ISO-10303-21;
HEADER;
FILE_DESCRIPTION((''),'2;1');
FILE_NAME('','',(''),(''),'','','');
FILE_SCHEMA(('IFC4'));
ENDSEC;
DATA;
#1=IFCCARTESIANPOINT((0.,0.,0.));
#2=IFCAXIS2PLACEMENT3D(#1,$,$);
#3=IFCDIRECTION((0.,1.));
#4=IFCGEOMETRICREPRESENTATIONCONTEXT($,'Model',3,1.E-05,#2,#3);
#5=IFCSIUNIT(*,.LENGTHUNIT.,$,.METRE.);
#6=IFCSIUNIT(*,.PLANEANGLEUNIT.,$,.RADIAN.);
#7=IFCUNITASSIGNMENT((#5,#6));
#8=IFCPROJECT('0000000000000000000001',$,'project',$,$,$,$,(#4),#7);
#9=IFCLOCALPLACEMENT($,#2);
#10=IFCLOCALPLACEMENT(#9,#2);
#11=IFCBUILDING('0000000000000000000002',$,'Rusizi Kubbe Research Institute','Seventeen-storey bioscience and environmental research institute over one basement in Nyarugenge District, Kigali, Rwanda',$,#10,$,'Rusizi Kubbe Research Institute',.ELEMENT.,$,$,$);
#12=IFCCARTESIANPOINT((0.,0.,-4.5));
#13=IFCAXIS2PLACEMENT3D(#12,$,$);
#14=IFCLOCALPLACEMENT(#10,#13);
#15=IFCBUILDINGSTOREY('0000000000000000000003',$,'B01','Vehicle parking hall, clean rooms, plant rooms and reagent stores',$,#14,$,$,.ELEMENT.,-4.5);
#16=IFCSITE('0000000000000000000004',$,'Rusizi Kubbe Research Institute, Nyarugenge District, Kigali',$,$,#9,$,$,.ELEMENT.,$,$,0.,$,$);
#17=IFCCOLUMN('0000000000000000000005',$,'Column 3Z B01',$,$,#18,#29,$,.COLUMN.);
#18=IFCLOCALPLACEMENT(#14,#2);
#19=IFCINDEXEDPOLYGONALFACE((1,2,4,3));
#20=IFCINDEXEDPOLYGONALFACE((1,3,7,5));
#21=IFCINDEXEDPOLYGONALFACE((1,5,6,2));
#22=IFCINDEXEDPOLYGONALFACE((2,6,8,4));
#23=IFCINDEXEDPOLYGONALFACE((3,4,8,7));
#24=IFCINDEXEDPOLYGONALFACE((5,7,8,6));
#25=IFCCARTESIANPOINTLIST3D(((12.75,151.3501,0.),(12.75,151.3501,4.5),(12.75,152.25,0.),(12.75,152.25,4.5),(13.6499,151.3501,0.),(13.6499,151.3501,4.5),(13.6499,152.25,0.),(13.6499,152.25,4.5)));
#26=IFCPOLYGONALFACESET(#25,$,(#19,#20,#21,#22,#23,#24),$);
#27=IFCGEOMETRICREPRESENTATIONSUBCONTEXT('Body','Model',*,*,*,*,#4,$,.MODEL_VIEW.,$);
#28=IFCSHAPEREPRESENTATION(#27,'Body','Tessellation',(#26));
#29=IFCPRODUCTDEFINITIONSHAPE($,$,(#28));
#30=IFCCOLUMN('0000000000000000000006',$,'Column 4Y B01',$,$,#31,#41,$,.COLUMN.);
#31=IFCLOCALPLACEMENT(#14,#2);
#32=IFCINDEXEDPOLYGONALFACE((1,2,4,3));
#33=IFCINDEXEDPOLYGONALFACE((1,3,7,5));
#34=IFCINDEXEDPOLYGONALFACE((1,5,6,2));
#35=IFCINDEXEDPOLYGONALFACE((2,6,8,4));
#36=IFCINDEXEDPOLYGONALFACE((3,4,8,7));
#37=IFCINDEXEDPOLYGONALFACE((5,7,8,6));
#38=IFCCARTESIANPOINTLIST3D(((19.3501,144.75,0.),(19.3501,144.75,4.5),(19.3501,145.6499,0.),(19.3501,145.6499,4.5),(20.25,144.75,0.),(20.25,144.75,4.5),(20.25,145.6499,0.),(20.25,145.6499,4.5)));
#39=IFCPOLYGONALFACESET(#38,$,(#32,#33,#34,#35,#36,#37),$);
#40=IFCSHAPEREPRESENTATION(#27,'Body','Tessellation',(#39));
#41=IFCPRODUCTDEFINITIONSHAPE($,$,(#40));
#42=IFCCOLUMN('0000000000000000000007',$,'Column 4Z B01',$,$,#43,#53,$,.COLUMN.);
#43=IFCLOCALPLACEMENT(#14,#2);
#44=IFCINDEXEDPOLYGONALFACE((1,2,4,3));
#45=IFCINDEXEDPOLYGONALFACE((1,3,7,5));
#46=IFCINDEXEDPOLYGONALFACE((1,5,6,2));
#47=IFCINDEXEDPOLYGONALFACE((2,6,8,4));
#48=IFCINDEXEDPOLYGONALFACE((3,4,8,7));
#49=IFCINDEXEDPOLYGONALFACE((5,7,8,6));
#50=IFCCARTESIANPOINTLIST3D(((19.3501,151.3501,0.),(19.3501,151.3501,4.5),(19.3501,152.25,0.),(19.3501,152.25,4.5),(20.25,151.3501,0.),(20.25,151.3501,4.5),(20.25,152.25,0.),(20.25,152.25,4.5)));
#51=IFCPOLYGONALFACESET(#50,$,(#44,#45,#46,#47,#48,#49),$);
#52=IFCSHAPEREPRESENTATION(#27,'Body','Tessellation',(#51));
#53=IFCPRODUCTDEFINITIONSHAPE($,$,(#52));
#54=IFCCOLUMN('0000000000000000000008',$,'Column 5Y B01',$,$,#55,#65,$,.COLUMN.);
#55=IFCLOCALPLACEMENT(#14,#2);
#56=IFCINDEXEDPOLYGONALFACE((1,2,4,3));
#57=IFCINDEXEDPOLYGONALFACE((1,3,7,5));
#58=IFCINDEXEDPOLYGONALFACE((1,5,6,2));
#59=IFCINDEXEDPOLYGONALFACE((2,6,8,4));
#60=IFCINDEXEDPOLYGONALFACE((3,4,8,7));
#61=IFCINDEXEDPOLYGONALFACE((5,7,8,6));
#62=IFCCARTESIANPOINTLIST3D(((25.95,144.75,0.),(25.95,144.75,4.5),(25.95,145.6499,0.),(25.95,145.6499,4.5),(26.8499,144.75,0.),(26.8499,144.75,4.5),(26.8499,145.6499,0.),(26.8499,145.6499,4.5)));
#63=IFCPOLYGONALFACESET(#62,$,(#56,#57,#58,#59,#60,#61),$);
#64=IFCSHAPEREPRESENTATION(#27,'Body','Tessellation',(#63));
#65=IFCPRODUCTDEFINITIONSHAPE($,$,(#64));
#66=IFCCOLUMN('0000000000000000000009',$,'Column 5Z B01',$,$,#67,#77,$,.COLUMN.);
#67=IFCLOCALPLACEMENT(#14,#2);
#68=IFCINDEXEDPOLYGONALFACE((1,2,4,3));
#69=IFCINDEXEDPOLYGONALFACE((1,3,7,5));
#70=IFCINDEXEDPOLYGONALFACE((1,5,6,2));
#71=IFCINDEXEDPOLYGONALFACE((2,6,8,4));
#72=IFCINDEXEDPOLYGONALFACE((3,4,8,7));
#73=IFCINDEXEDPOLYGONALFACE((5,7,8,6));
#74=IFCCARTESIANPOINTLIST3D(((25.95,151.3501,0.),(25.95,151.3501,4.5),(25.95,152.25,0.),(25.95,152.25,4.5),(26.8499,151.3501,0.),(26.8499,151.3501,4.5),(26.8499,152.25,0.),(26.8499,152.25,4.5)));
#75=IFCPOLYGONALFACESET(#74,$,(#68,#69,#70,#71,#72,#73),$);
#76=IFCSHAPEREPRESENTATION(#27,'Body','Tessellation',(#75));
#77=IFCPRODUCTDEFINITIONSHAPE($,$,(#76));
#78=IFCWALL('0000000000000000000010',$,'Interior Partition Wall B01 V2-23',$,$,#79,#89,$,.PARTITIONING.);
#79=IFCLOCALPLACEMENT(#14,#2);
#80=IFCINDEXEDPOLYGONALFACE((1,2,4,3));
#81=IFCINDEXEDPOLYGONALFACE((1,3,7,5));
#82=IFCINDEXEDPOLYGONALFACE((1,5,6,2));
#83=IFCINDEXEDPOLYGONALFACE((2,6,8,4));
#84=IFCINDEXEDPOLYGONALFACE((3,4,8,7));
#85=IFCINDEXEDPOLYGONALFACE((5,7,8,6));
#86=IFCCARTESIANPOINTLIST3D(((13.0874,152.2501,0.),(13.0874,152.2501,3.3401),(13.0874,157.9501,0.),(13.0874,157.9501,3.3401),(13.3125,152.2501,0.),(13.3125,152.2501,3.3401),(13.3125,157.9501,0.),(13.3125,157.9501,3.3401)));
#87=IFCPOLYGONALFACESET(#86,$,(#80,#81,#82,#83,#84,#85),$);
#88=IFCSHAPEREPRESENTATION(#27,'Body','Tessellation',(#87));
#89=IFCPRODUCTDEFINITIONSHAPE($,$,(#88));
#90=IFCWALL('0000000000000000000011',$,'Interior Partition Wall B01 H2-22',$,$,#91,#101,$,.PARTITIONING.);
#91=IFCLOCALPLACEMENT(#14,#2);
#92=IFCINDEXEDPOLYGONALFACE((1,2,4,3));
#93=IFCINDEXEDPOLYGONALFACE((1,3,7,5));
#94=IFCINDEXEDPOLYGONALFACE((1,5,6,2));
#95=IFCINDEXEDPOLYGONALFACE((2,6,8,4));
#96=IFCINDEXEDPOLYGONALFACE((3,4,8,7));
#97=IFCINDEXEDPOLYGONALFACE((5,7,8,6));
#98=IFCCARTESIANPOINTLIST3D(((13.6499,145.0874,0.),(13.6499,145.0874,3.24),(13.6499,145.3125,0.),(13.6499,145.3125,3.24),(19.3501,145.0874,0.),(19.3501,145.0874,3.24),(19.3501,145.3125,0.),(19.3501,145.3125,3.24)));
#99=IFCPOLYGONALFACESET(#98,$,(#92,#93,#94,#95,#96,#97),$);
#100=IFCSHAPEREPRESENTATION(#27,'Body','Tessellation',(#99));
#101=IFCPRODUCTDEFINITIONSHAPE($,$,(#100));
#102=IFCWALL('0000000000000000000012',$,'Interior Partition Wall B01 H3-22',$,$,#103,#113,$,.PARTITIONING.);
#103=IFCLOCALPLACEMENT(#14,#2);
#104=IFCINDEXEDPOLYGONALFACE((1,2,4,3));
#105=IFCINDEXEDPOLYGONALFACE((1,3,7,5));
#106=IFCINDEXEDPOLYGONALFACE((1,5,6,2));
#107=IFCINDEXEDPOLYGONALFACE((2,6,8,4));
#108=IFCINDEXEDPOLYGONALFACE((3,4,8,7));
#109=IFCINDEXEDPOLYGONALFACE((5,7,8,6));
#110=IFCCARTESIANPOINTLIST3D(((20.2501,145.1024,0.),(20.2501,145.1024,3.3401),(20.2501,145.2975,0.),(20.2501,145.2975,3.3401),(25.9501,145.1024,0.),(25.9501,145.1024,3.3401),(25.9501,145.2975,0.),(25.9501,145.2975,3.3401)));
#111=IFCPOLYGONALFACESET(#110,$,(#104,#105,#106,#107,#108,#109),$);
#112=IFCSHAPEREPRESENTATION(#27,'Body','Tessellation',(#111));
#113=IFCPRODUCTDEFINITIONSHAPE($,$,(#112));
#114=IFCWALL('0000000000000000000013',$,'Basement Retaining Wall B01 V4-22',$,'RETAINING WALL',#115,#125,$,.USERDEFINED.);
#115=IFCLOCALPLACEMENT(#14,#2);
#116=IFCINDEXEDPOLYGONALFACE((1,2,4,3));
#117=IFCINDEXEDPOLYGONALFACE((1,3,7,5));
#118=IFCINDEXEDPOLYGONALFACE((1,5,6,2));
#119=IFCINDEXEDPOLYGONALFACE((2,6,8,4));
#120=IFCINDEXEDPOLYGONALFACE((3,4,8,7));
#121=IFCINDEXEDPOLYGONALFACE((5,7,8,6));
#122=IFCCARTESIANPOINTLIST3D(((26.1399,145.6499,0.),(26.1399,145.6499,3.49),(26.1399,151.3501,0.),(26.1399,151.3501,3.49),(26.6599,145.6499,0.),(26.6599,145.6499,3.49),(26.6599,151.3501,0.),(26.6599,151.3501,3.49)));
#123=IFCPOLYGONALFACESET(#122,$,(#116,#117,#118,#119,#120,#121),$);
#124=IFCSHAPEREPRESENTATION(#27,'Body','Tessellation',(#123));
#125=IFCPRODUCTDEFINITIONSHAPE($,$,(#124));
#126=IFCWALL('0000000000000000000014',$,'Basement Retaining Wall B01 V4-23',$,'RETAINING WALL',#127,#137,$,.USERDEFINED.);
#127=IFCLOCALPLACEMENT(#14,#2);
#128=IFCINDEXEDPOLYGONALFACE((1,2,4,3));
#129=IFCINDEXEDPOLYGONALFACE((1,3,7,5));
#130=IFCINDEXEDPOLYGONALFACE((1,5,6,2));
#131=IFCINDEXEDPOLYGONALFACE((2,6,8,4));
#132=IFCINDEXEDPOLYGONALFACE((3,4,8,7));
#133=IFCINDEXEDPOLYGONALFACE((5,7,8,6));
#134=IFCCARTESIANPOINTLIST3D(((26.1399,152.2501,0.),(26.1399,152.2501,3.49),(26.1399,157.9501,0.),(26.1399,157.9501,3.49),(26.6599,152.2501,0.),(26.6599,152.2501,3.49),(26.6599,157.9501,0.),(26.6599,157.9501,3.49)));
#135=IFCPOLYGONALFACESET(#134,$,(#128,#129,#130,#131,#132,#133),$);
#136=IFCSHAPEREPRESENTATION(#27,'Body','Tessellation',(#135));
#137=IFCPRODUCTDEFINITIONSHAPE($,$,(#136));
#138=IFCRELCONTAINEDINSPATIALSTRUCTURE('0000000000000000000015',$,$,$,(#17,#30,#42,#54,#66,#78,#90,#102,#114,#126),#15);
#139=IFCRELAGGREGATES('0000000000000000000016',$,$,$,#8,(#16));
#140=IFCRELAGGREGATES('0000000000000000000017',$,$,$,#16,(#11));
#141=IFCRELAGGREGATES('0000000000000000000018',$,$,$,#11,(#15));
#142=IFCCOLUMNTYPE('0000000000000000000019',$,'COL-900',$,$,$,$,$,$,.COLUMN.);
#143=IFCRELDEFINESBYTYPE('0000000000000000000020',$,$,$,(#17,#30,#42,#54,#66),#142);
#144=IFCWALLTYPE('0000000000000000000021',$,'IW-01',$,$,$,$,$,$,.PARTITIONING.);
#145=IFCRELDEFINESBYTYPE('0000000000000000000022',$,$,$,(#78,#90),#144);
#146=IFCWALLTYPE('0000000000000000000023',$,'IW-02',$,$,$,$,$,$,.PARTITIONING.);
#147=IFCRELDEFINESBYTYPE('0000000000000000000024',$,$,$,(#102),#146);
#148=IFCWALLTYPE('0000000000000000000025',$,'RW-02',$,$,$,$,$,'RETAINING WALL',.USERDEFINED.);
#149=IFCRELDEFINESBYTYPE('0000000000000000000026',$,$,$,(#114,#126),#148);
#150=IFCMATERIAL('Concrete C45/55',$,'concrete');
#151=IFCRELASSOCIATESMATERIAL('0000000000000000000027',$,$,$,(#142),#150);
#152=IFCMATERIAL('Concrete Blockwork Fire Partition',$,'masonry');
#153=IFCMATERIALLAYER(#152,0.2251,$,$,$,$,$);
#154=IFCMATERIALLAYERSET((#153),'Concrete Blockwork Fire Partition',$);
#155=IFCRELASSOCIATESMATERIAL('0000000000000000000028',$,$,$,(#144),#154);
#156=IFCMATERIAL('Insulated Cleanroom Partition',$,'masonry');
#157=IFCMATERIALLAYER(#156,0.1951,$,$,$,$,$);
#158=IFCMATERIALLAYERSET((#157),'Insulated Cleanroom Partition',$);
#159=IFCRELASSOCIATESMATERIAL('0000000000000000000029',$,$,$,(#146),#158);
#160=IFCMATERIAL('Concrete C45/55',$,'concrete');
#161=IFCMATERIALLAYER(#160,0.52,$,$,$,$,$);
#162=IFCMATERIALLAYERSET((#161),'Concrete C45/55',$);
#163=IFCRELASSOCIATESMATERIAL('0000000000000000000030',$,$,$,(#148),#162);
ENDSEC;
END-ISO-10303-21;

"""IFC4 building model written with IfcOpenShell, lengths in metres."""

from ifc_helpers import new_model, si_unit, direction, frame, frame_2d, origin, origin_2d, place, context, subcontext, project, spatial, rectangle, extrude, material, layer, layer_set, material_profile, profile_set, type_object, element, save


model = new_model("IFC4")

# Units and contexts
model_context = context("Model", 3, precision=1e-05, world=origin(), true_north=direction((0.0, 1.0)))
body_context = subcontext(model_context, "Body", "Model", "MODEL_VIEW")
ifc_project = project(units=[si_unit("LENGTHUNIT", "METRE"), si_unit("PLANEANGLEUNIT", "RADIAN")], contexts=[model_context])

# Site, building, storey
site_placement = place(None, origin())
site = spatial("IfcSite", under=ifc_project, at=site_placement, Name="Rusizi Kubbe Research Institute, Nyarugenge District, Kigali", CompositionType="ELEMENT", RefElevation=0.0)
building_placement = place(site_placement, origin())
building = spatial("IfcBuilding", under=site, at=building_placement, Name="Rusizi Kubbe Research Institute", Description="Seventeen-storey bioscience and environmental research institute over one basement in Nyarugenge District, Kigali, Rwanda", LongName="Rusizi Kubbe Research Institute", CompositionType="ELEMENT")
storey_placement = place(building_placement, frame((0.0, 0.0, -4.5)))
storey = spatial("IfcBuildingStorey", under=building, at=storey_placement, Name="B01", Description="Vehicle parking hall, clean rooms, plant rooms and reagent stores", CompositionType="ELEMENT", Elevation=-4.5)

# Columns
ifc_material_1 = material(Name="Concrete C45/55", Category="concrete")
ifc_material_profile_1 = material_profile(ifc_material_1, rectangle(XDim=0.8999, YDim=0.8999, at=origin_2d()), Name="RC900x900")
ifc_profile_set_1 = profile_set([ifc_material_profile_1], Name="Concrete C45/55")
column_type = type_object("IfcColumnType", Name="COL-900", PredefinedType="COLUMN", material=ifc_profile_set_1)
for number, where, z_axis, x_axis, name in (
    (1, (13.2, 151.8, 0.0), (0.0, 0.0, 1.0), (1.0, 0.0, 0.0), "Column 3Z B01"),
    (2, (19.8, 145.2, 0.0), (0.0, 0.0, 1.0), (1.0, 0.0, 0.0), "Column 4Y B01"),
    (3, (19.8, 151.8, 0.0), (0.0, 0.0, 1.0), (1.0, 0.0, 0.0), "Column 4Z B01"),
    (4, (26.3999, 145.2, 0.0), (0.0, 0.0, 1.0), (1.0, 0.0, 0.0), "Column 5Y B01"),
    (5, (26.3999, 151.8, 0.0), (0.0, 0.0, 1.0), (1.0, 0.0, 0.0), "Column 5Z B01"),
):
    element("IfcColumn", number, at=place(storey_placement, frame(where, z_axis=z_axis, x_axis=x_axis)), inside=storey, type_object=column_type, Name=name, PredefinedType="COLUMN", context=body_context, shape_type="SweptSolid", body=[
        extrude(rectangle(XDim=0.8999, YDim=0.8999, at=origin_2d()), origin(), (0.0, 0.0, 1.0), 4.5),
    ])

# Walls
ifc_material_2 = material(Name="Concrete Blockwork Fire Partition", Category="masonry")
ifc_layer_1 = layer(ifc_material_2, 0.2251)
ifc_layer_set_1 = layer_set([ifc_layer_1], Name="Concrete Blockwork Fire Partition")
wall_type_1 = type_object("IfcWallType", Name="IW-01", PredefinedType="PARTITIONING", material=ifc_layer_set_1)
wall_1_placement = place(storey_placement, frame((13.2, 152.25, 0.0), z_axis=(0.0, 0.0, 1.0), x_axis=(0.0, 1.0, 0.0)))
element("IfcWall", 6, at=wall_1_placement, inside=storey, type_object=wall_type_1, Name="Interior Partition Wall B01 V2-23", PredefinedType="PARTITIONING", context=body_context, shape_type="SweptSolid", body=[
    extrude(rectangle(XDim=5.7, YDim=0.2251, at=frame_2d((2.8501, 0.0))), origin(), (0.0, 0.0, 1.0), 3.3401),
])
wall_2_placement = place(storey_placement, frame((13.6499, 145.2, 0.0), z_axis=(0.0, 0.0, 1.0), x_axis=(1.0, 0.0, 0.0)))
element("IfcWall", 7, at=wall_2_placement, inside=storey, type_object=wall_type_1, Name="Interior Partition Wall B01 H2-22", PredefinedType="PARTITIONING", context=body_context, shape_type="SweptSolid", body=[
    extrude(rectangle(XDim=5.7002, YDim=0.2251, at=frame_2d((2.8501, 0.0))), origin(), (0.0, 0.0, 1.0), 3.24),
])
ifc_material_3 = material(Name="Insulated Cleanroom Partition", Category="masonry")
ifc_layer_2 = layer(ifc_material_3, 0.1951)
ifc_layer_set_2 = layer_set([ifc_layer_2], Name="Insulated Cleanroom Partition")
wall_type_2 = type_object("IfcWallType", Name="IW-02", PredefinedType="PARTITIONING", material=ifc_layer_set_2)
wall_3_placement = place(storey_placement, frame((20.25, 145.2, 0.0), z_axis=(0.0, 0.0, 1.0), x_axis=(1.0, 0.0, 0.0)))
element("IfcWall", 8, at=wall_3_placement, inside=storey, type_object=wall_type_2, Name="Interior Partition Wall B01 H3-22", PredefinedType="PARTITIONING", context=body_context, shape_type="SweptSolid", body=[
    extrude(rectangle(XDim=5.7, YDim=0.1951, at=frame_2d((2.8501, 0.0))), origin(), (0.0, 0.0, 1.0), 3.3401),
])
ifc_material_4 = material(Name="Concrete C45/55", Category="concrete")
ifc_layer_3 = layer(ifc_material_4, 0.52)
ifc_layer_set_3 = layer_set([ifc_layer_3], Name="Concrete C45/55")
wall_type_3 = type_object("IfcWallType", Name="RW-02", ElementType="RETAINING WALL", PredefinedType="USERDEFINED", material=ifc_layer_set_3)
wall_4_placement = place(storey_placement, frame((26.3999, 145.6499, 0.0), z_axis=(0.0, 0.0, 1.0), x_axis=(0.0, 1.0, 0.0)))
element("IfcWall", 9, at=wall_4_placement, inside=storey, type_object=wall_type_3, Name="Basement Retaining Wall B01 V4-22", ObjectType="RETAINING WALL", PredefinedType="USERDEFINED", context=body_context, shape_type="SweptSolid", body=[
    extrude(rectangle(XDim=5.7002, YDim=0.52, at=frame_2d((2.8501, 0.0))), origin(), (0.0, 0.0, 1.0), 3.49),
])
wall_5_placement = place(storey_placement, frame((26.3999, 152.25, 0.0), z_axis=(0.0, 0.0, 1.0), x_axis=(0.0, 1.0, 0.0)))
element("IfcWall", 10, at=wall_5_placement, inside=storey, type_object=wall_type_3, Name="Basement Retaining Wall B01 V4-23", ObjectType="RETAINING WALL", PredefinedType="USERDEFINED", context=body_context, shape_type="SweptSolid", body=[
    extrude(rectangle(XDim=5.7, YDim=0.52, at=frame_2d((2.8501, 0.0))), origin(), (0.0, 0.0, 1.0), 3.49),
])

save(model, "model.ifc")
